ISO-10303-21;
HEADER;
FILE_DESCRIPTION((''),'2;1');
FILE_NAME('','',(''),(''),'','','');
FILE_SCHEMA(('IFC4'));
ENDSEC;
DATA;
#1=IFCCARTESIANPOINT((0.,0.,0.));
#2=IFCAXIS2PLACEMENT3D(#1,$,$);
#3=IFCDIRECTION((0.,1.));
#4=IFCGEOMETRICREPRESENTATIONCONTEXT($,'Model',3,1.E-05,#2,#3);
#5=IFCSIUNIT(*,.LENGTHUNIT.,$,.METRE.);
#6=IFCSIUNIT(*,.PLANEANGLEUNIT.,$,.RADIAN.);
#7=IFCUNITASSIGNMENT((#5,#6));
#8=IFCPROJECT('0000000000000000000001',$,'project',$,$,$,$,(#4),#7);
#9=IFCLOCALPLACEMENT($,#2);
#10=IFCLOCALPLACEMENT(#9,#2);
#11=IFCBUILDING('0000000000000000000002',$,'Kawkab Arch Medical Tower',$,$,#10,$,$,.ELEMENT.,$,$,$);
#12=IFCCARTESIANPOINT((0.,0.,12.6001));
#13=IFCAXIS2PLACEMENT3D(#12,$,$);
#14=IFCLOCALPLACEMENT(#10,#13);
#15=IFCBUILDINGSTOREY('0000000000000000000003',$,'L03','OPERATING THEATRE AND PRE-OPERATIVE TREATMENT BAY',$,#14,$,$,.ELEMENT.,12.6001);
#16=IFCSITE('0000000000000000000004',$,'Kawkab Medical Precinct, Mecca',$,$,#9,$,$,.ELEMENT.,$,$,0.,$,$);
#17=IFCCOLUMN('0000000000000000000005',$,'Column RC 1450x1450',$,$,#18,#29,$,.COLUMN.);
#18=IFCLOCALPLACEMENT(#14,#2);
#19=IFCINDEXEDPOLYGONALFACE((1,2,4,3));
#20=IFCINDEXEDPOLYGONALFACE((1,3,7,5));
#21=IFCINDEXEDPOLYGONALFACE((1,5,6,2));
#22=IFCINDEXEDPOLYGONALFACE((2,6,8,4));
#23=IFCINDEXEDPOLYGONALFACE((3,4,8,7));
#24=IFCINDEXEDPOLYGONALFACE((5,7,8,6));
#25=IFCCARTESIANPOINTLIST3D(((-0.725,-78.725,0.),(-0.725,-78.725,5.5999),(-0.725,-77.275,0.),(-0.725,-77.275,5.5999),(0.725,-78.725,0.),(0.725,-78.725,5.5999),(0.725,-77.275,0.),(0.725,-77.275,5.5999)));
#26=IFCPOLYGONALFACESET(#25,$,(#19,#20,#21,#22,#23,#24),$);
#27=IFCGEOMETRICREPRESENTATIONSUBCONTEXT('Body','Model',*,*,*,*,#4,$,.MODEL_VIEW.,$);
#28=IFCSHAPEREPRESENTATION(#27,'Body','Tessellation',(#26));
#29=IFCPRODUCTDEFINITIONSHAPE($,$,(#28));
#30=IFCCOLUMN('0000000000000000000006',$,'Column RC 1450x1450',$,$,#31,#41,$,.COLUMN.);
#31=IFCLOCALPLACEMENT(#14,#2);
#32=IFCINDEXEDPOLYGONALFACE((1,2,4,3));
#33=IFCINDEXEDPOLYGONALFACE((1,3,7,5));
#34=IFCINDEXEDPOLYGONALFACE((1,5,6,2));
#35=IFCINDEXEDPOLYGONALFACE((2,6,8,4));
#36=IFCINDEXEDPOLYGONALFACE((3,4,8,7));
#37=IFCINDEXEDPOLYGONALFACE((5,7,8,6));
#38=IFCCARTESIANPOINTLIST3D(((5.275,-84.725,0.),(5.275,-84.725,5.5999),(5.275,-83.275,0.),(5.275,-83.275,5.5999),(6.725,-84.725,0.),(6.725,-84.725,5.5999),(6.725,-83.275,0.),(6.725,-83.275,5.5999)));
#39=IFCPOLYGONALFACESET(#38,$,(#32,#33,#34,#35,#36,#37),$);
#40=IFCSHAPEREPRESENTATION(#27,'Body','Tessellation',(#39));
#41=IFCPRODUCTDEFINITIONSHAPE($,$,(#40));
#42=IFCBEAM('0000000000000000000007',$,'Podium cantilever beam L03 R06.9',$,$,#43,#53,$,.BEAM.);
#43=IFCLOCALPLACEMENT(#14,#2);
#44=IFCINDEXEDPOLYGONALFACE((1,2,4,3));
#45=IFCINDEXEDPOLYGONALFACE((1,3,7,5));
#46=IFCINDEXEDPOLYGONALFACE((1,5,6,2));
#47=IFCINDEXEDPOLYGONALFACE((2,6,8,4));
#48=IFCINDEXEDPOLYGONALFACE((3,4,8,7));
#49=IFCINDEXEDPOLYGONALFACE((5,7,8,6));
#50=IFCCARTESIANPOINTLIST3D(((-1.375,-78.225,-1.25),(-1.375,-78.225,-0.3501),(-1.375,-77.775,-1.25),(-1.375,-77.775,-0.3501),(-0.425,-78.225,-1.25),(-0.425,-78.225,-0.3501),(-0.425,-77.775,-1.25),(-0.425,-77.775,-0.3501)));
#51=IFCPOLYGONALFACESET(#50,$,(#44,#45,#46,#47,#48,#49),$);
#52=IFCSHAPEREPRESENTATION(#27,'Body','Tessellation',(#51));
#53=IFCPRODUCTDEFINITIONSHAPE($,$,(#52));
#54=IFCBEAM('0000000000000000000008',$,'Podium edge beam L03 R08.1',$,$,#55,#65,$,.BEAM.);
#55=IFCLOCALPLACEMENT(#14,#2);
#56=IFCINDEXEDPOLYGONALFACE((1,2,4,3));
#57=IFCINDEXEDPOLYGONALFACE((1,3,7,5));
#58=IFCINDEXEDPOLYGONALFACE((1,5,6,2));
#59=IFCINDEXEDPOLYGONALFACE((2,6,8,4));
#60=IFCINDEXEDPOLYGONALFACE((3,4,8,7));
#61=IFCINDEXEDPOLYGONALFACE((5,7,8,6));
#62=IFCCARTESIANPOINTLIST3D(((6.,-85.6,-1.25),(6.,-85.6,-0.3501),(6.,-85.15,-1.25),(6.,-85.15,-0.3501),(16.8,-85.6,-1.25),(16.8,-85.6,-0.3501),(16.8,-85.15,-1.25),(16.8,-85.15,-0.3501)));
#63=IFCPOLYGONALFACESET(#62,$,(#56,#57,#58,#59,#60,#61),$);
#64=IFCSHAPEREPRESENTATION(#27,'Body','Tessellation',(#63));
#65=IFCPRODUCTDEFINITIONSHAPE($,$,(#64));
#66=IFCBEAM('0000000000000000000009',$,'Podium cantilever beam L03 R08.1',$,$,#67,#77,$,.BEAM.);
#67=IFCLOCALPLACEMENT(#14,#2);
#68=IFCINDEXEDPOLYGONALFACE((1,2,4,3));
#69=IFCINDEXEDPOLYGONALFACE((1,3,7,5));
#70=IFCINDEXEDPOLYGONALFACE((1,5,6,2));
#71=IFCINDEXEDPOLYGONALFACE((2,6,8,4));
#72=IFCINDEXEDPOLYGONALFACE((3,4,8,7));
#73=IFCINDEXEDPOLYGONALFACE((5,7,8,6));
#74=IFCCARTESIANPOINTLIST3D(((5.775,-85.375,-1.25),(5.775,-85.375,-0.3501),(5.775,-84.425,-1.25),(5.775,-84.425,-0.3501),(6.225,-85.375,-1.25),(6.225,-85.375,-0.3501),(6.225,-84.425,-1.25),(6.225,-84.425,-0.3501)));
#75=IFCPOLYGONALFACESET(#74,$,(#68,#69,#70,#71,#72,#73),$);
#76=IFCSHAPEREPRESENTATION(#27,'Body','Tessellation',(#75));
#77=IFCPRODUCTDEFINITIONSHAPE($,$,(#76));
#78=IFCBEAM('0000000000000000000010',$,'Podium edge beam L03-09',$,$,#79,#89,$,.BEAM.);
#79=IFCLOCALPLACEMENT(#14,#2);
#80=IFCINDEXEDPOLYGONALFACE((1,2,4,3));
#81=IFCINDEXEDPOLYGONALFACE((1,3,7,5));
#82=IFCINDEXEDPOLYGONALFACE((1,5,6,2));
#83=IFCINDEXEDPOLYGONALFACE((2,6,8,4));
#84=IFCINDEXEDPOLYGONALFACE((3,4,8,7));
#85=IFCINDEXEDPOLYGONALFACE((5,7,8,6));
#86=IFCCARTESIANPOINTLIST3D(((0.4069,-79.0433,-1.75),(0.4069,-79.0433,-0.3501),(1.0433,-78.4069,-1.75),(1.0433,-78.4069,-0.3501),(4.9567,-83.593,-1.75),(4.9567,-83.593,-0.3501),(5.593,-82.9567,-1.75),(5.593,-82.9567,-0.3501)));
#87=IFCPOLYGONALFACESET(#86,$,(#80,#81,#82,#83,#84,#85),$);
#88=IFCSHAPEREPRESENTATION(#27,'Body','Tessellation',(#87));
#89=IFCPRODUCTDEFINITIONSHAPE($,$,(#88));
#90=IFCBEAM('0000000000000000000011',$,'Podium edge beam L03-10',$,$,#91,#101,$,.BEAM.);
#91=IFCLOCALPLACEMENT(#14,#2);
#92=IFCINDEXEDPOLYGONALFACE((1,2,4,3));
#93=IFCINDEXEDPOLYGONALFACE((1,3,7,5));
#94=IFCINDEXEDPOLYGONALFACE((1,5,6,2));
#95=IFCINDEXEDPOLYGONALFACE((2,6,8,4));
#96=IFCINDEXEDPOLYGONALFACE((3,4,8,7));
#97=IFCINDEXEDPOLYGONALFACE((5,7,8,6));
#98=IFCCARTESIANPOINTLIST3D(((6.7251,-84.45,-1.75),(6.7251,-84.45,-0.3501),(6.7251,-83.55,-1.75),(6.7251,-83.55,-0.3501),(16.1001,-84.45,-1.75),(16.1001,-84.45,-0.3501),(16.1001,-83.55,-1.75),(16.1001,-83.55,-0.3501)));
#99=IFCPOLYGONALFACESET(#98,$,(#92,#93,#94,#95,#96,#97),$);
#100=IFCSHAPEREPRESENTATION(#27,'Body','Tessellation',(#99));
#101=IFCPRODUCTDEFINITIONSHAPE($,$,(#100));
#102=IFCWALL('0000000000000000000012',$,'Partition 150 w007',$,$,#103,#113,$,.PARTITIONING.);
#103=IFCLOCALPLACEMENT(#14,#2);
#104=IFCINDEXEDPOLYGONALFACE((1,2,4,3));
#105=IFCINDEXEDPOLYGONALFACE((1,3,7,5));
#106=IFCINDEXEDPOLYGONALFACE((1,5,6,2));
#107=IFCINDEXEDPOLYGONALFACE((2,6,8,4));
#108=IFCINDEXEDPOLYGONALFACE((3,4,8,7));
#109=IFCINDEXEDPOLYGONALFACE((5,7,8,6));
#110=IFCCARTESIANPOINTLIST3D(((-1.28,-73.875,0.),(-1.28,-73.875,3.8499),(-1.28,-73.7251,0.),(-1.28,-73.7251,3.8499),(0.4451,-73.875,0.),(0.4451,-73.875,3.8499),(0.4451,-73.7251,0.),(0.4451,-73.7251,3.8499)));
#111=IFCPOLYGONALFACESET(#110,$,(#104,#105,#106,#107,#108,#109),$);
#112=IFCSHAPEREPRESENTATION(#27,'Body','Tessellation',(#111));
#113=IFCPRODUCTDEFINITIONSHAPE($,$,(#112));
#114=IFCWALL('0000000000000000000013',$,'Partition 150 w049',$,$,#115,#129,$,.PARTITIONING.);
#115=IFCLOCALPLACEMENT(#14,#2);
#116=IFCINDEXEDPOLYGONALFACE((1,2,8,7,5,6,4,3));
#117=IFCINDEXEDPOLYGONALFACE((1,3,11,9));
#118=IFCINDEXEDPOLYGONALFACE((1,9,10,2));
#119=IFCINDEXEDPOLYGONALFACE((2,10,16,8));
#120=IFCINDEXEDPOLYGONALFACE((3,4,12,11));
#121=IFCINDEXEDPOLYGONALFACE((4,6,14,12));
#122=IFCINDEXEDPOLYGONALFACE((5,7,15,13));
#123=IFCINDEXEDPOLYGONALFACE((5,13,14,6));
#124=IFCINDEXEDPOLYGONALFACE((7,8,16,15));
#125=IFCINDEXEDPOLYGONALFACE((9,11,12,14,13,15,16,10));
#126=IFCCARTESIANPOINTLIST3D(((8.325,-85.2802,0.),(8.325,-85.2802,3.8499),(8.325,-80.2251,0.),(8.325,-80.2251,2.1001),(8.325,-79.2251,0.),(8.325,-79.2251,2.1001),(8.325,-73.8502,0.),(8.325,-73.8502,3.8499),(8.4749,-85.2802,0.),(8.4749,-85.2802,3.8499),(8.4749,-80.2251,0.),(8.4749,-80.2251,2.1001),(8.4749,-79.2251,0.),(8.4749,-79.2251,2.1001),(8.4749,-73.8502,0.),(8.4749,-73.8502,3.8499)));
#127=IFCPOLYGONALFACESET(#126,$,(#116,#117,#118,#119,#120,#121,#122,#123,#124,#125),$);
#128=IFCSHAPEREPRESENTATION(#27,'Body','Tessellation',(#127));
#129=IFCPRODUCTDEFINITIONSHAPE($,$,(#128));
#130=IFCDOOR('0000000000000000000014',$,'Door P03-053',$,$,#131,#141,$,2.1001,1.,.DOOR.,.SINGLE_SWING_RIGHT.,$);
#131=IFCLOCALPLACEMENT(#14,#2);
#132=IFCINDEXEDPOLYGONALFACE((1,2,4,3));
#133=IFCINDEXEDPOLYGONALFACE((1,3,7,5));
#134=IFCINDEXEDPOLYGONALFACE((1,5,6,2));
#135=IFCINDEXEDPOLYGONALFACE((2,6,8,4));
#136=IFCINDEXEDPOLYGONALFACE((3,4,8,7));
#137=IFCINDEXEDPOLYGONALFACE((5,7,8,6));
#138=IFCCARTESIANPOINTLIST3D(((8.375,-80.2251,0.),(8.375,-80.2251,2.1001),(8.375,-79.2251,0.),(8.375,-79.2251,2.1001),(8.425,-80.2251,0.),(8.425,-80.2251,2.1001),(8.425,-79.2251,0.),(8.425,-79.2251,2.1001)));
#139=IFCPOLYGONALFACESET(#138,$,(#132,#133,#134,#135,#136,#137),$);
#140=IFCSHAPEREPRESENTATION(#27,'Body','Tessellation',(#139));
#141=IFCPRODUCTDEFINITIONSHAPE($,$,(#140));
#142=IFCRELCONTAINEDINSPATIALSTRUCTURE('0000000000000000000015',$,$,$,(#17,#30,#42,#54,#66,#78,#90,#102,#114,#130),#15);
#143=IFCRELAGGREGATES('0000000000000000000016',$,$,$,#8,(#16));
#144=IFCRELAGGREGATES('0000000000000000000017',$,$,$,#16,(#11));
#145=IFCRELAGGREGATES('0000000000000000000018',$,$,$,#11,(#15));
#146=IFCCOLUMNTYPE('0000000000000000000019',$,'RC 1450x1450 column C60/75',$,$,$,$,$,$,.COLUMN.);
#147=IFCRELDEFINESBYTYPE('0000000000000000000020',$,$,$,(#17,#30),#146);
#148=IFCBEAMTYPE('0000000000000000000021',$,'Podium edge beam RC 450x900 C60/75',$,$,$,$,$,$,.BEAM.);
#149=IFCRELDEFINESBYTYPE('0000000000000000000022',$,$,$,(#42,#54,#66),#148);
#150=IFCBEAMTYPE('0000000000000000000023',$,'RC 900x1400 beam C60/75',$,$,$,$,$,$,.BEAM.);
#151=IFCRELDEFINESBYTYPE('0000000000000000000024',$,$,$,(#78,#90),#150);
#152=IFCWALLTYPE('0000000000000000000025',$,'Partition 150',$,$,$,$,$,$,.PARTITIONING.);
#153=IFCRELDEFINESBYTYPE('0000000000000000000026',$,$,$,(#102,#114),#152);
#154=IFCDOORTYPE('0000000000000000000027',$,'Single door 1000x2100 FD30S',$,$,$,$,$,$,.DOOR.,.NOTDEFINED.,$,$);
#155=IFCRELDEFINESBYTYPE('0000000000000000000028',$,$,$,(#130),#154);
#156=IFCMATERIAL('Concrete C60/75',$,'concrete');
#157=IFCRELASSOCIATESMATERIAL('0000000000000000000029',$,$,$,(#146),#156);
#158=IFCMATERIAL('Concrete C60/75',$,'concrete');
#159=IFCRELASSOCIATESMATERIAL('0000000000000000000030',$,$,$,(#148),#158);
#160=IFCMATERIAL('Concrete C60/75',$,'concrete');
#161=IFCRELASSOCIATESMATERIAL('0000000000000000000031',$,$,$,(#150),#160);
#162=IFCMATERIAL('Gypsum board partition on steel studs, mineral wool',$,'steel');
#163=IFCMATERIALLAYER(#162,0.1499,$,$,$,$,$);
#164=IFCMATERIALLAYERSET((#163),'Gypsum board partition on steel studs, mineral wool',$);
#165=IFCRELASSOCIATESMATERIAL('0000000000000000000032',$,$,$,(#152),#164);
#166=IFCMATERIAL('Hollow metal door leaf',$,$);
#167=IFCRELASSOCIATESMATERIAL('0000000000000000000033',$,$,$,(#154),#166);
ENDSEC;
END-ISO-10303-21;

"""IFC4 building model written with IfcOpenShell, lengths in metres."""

from ifc_helpers import new_model, si_unit, direction, frame, frame_2d, origin, origin_2d, place, context, subcontext, project, spatial, rectangle, extrude, material, layer, layer_set, material_profile, profile_set, type_object, element, fill, save


model = new_model("IFC4")

# Units and contexts
model_context = context("Model", 3, precision=1e-05, world=origin(), true_north=direction((0.0, 1.0)))
body_context = subcontext(model_context, "Body", "Model", "MODEL_VIEW")
ifc_project = project(units=[si_unit("LENGTHUNIT", "METRE"), si_unit("PLANEANGLEUNIT", "RADIAN")], contexts=[model_context])

# Site, building, storey
site_placement = place(None, origin())
site = spatial("IfcSite", under=ifc_project, at=site_placement, Name="Kawkab Medical Precinct, Mecca", CompositionType="ELEMENT", RefElevation=0.0)
building_placement = place(site_placement, origin())
building = spatial("IfcBuilding", under=site, at=building_placement, Name="Kawkab Arch Medical Tower", CompositionType="ELEMENT")
storey_placement = place(building_placement, frame((0.0, 0.0, 12.6001)))
storey = spatial("IfcBuildingStorey", under=building, at=storey_placement, Name="L03", Description="OPERATING THEATRE AND PRE-OPERATIVE TREATMENT BAY", CompositionType="ELEMENT", Elevation=12.6001)

# Columns
ifc_material_1 = material(Name="Concrete C60/75", Category="concrete")
ifc_material_profile_1 = material_profile(ifc_material_1, rectangle(XDim=1.45, YDim=1.45, at=origin_2d()), Name="RC 1450x1450")
ifc_profile_set_1 = profile_set([ifc_material_profile_1], Name="Concrete C60/75")
column_type = type_object("IfcColumnType", Name="RC 1450x1450 column C60/75", PredefinedType="COLUMN", material=ifc_profile_set_1)
for number, where, z_axis, x_axis, name in (
    (1, (0.0, -78.0, 0.0), (0.0, 0.0, 1.0), (1.0, 0.0, 0.0), "Column RC 1450x1450"),
    (2, (6.0, -84.0, 0.0), (0.0, 0.0, 1.0), (1.0, 0.0, 0.0), "Column RC 1450x1450"),
):
    element("IfcColumn", number, at=place(storey_placement, frame(where, z_axis=z_axis, x_axis=x_axis)), inside=storey, type_object=column_type, Name=name, PredefinedType="COLUMN", context=body_context, shape_type="SweptSolid", body=[
        extrude(rectangle(XDim=1.45, YDim=1.45, at=origin_2d()), origin(), (0.0, 0.0, 1.0), 5.5999),
    ])

# Beams
ifc_material_2 = material(Name="Concrete C60/75", Category="concrete")
ifc_material_profile_2 = material_profile(ifc_material_2, rectangle(XDim=0.45, YDim=0.8999, at=origin_2d()), Name="RC 450x900")
ifc_profile_set_2 = profile_set([ifc_material_profile_2], Name="Concrete C60/75")
beam_type_1 = type_object("IfcBeamType", Name="Podium edge beam RC 450x900 C60/75", PredefinedType="BEAM", material=ifc_profile_set_2)
beam_1_placement = place(storey_placement, frame((-0.425, -78.0, -0.8), z_axis=(-1.0, 0.0, 0.0), x_axis=(0.0, -1.0, 0.0)))
element("IfcBeam", 3, at=beam_1_placement, inside=storey, type_object=beam_type_1, Name="Podium cantilever beam L03 R06.9", PredefinedType="BEAM", context=body_context, shape_type="SweptSolid", body=[
    extrude(rectangle(XDim=0.45, YDim=0.8999, at=origin_2d()), origin(), (0.0, 0.0, 1.0), 0.95),
])
beam_2_placement = place(storey_placement, frame((6.0, -85.375, -0.8), z_axis=(1.0, 0.0, 0.0), x_axis=(0.0, 1.0, 0.0)))
element("IfcBeam", 4, at=beam_2_placement, inside=storey, type_object=beam_type_1, Name="Podium edge beam L03 R08.1", PredefinedType="BEAM", context=body_context, shape_type="SweptSolid", body=[
    extrude(rectangle(XDim=0.45, YDim=0.8999, at=origin_2d()), origin(), (0.0, 0.0, 1.0), 10.8),
])
beam_3_placement = place(storey_placement, frame((6.0, -84.425, -0.8), z_axis=(0.0, -1.0, 0.0), x_axis=(1.0, 0.0, 0.0)))
element("IfcBeam", 5, at=beam_3_placement, inside=storey, type_object=beam_type_1, Name="Podium cantilever beam L03 R08.1", PredefinedType="BEAM", context=body_context, shape_type="SweptSolid", body=[
    extrude(rectangle(XDim=0.45, YDim=0.8999, at=origin_2d()), origin(), (0.0, 0.0, 1.0), 0.95),
])
ifc_material_3 = material(Name="Concrete C60/75", Category="concrete")
ifc_material_profile_3 = material_profile(ifc_material_3, rectangle(XDim=0.8999, YDim=1.3999, at=origin_2d()), Name="RC 900x1400")
ifc_profile_set_3 = profile_set([ifc_material_profile_3], Name="Concrete C60/75")
beam_type_2 = type_object("IfcBeamType", Name="RC 900x1400 beam C60/75", PredefinedType="BEAM", material=ifc_profile_set_3)
beam_4_placement = place(storey_placement, frame((0.7251, -78.7251, -1.05), z_axis=(0.707107, -0.707107, 0.0), x_axis=(0.707107, 0.707107, 0.0)))
element("IfcBeam", 6, at=beam_4_placement, inside=storey, type_object=beam_type_2, Name="Podium edge beam L03-09", PredefinedType="BEAM", context=body_context, shape_type="SweptSolid", body=[
    extrude(rectangle(XDim=0.8999, YDim=1.3999, at=origin_2d()), origin(), (0.0, 0.0, 1.0), 6.4343),
])
beam_5_placement = place(storey_placement, frame((6.7251, -84.0, -1.05), z_axis=(1.0, 0.0, 0.0), x_axis=(0.0, 1.0, 0.0)))
element("IfcBeam", 7, at=beam_5_placement, inside=storey, type_object=beam_type_2, Name="Podium edge beam L03-10", PredefinedType="BEAM", context=body_context, shape_type="SweptSolid", body=[
    extrude(rectangle(XDim=0.8999, YDim=1.3999, at=origin_2d()), origin(), (0.0, 0.0, 1.0), 9.375),
])

# Wall
ifc_material_4 = material(Name="Gypsum board partition on steel studs, mineral wool", Category="steel")
ifc_layer_1 = layer(ifc_material_4, 0.1499)
ifc_layer_set_1 = layer_set([ifc_layer_1], Name="Gypsum board partition on steel studs, mineral wool")
wall_type_1 = type_object("IfcWallType", Name="Partition 150", PredefinedType="PARTITIONING", material=ifc_layer_set_1)
wall_1_placement = place(storey_placement, frame((-1.28, -73.8, 0.0), z_axis=(0.0, 0.0, 1.0), x_axis=(1.0, 0.0, 0.0)))
element("IfcWall", 8, at=wall_1_placement, inside=storey, type_object=wall_type_1, Name="Partition 150 w007", PredefinedType="PARTITIONING", context=body_context, shape_type="SweptSolid", body=[
    extrude(rectangle(XDim=1.7251, YDim=0.1499, at=frame_2d((0.8625, 0.0))), origin(), (0.0, 0.0, 1.0), 3.8499),
])

# Wall, opening, door
wall_2_placement = place(storey_placement, frame((8.3999, -85.28, 0.0), z_axis=(0.0, 0.0, 1.0), x_axis=(0.0, 1.0, 0.0)))
wall_2 = element("IfcWall", 9, at=wall_2_placement, inside=storey, type_object=wall_type_1, Name="Partition 150 w049", PredefinedType="PARTITIONING", context=body_context, shape_type="SweptSolid", body=[
    extrude(rectangle(XDim=11.4299, YDim=0.1499, at=frame_2d((5.7148, 0.0))), origin(), (0.0, 0.0, 1.0), 3.8499),
])
opening_1_placement = place(wall_2_placement, frame((5.0549, 0.0, 0.0)))
opening_1 = element("IfcOpeningElement", 10, at=opening_1_placement, cuts=wall_2, PredefinedType="OPENING", context=body_context, shape_type="SweptSolid", body=[
    extrude(rectangle(XDim=1.0, YDim=2.1001, at=frame_2d((0.5, 1.05))), frame((0.0, 0.085, 0.0), z_axis=(0.0, -1.0, 0.0), x_axis=(1.0, 0.0, 0.0)), (0.0, 0.0, 1.0), 0.1699),
])
ifc_material_5 = material(Name="Hollow metal door leaf")
door_type = type_object("IfcDoorType", Name="Single door 1000x2100 FD30S", OperationType="NOTDEFINED", PredefinedType="DOOR", material=ifc_material_5)
door_placement = place(opening_1_placement, origin())
door = element("IfcDoor", 11, at=door_placement, inside=storey, type_object=door_type, Name="Door P03-053", OperationType="SINGLE_SWING_RIGHT", OverallHeight=2.1001, OverallWidth=1.0, PredefinedType="DOOR", context=body_context, shape_type="SweptSolid", body=[
    extrude(rectangle(XDim=1.0, YDim=2.1001, at=frame_2d((0.5, 1.05))), frame((0.0, 0.0249, 0.0), z_axis=(0.0, -1.0, 0.0), x_axis=(1.0, 0.0, 0.0)), (0.0, 0.0, 1.0), 0.05),
])
fill(opening_1, door)

save(model, "model.ifc")
